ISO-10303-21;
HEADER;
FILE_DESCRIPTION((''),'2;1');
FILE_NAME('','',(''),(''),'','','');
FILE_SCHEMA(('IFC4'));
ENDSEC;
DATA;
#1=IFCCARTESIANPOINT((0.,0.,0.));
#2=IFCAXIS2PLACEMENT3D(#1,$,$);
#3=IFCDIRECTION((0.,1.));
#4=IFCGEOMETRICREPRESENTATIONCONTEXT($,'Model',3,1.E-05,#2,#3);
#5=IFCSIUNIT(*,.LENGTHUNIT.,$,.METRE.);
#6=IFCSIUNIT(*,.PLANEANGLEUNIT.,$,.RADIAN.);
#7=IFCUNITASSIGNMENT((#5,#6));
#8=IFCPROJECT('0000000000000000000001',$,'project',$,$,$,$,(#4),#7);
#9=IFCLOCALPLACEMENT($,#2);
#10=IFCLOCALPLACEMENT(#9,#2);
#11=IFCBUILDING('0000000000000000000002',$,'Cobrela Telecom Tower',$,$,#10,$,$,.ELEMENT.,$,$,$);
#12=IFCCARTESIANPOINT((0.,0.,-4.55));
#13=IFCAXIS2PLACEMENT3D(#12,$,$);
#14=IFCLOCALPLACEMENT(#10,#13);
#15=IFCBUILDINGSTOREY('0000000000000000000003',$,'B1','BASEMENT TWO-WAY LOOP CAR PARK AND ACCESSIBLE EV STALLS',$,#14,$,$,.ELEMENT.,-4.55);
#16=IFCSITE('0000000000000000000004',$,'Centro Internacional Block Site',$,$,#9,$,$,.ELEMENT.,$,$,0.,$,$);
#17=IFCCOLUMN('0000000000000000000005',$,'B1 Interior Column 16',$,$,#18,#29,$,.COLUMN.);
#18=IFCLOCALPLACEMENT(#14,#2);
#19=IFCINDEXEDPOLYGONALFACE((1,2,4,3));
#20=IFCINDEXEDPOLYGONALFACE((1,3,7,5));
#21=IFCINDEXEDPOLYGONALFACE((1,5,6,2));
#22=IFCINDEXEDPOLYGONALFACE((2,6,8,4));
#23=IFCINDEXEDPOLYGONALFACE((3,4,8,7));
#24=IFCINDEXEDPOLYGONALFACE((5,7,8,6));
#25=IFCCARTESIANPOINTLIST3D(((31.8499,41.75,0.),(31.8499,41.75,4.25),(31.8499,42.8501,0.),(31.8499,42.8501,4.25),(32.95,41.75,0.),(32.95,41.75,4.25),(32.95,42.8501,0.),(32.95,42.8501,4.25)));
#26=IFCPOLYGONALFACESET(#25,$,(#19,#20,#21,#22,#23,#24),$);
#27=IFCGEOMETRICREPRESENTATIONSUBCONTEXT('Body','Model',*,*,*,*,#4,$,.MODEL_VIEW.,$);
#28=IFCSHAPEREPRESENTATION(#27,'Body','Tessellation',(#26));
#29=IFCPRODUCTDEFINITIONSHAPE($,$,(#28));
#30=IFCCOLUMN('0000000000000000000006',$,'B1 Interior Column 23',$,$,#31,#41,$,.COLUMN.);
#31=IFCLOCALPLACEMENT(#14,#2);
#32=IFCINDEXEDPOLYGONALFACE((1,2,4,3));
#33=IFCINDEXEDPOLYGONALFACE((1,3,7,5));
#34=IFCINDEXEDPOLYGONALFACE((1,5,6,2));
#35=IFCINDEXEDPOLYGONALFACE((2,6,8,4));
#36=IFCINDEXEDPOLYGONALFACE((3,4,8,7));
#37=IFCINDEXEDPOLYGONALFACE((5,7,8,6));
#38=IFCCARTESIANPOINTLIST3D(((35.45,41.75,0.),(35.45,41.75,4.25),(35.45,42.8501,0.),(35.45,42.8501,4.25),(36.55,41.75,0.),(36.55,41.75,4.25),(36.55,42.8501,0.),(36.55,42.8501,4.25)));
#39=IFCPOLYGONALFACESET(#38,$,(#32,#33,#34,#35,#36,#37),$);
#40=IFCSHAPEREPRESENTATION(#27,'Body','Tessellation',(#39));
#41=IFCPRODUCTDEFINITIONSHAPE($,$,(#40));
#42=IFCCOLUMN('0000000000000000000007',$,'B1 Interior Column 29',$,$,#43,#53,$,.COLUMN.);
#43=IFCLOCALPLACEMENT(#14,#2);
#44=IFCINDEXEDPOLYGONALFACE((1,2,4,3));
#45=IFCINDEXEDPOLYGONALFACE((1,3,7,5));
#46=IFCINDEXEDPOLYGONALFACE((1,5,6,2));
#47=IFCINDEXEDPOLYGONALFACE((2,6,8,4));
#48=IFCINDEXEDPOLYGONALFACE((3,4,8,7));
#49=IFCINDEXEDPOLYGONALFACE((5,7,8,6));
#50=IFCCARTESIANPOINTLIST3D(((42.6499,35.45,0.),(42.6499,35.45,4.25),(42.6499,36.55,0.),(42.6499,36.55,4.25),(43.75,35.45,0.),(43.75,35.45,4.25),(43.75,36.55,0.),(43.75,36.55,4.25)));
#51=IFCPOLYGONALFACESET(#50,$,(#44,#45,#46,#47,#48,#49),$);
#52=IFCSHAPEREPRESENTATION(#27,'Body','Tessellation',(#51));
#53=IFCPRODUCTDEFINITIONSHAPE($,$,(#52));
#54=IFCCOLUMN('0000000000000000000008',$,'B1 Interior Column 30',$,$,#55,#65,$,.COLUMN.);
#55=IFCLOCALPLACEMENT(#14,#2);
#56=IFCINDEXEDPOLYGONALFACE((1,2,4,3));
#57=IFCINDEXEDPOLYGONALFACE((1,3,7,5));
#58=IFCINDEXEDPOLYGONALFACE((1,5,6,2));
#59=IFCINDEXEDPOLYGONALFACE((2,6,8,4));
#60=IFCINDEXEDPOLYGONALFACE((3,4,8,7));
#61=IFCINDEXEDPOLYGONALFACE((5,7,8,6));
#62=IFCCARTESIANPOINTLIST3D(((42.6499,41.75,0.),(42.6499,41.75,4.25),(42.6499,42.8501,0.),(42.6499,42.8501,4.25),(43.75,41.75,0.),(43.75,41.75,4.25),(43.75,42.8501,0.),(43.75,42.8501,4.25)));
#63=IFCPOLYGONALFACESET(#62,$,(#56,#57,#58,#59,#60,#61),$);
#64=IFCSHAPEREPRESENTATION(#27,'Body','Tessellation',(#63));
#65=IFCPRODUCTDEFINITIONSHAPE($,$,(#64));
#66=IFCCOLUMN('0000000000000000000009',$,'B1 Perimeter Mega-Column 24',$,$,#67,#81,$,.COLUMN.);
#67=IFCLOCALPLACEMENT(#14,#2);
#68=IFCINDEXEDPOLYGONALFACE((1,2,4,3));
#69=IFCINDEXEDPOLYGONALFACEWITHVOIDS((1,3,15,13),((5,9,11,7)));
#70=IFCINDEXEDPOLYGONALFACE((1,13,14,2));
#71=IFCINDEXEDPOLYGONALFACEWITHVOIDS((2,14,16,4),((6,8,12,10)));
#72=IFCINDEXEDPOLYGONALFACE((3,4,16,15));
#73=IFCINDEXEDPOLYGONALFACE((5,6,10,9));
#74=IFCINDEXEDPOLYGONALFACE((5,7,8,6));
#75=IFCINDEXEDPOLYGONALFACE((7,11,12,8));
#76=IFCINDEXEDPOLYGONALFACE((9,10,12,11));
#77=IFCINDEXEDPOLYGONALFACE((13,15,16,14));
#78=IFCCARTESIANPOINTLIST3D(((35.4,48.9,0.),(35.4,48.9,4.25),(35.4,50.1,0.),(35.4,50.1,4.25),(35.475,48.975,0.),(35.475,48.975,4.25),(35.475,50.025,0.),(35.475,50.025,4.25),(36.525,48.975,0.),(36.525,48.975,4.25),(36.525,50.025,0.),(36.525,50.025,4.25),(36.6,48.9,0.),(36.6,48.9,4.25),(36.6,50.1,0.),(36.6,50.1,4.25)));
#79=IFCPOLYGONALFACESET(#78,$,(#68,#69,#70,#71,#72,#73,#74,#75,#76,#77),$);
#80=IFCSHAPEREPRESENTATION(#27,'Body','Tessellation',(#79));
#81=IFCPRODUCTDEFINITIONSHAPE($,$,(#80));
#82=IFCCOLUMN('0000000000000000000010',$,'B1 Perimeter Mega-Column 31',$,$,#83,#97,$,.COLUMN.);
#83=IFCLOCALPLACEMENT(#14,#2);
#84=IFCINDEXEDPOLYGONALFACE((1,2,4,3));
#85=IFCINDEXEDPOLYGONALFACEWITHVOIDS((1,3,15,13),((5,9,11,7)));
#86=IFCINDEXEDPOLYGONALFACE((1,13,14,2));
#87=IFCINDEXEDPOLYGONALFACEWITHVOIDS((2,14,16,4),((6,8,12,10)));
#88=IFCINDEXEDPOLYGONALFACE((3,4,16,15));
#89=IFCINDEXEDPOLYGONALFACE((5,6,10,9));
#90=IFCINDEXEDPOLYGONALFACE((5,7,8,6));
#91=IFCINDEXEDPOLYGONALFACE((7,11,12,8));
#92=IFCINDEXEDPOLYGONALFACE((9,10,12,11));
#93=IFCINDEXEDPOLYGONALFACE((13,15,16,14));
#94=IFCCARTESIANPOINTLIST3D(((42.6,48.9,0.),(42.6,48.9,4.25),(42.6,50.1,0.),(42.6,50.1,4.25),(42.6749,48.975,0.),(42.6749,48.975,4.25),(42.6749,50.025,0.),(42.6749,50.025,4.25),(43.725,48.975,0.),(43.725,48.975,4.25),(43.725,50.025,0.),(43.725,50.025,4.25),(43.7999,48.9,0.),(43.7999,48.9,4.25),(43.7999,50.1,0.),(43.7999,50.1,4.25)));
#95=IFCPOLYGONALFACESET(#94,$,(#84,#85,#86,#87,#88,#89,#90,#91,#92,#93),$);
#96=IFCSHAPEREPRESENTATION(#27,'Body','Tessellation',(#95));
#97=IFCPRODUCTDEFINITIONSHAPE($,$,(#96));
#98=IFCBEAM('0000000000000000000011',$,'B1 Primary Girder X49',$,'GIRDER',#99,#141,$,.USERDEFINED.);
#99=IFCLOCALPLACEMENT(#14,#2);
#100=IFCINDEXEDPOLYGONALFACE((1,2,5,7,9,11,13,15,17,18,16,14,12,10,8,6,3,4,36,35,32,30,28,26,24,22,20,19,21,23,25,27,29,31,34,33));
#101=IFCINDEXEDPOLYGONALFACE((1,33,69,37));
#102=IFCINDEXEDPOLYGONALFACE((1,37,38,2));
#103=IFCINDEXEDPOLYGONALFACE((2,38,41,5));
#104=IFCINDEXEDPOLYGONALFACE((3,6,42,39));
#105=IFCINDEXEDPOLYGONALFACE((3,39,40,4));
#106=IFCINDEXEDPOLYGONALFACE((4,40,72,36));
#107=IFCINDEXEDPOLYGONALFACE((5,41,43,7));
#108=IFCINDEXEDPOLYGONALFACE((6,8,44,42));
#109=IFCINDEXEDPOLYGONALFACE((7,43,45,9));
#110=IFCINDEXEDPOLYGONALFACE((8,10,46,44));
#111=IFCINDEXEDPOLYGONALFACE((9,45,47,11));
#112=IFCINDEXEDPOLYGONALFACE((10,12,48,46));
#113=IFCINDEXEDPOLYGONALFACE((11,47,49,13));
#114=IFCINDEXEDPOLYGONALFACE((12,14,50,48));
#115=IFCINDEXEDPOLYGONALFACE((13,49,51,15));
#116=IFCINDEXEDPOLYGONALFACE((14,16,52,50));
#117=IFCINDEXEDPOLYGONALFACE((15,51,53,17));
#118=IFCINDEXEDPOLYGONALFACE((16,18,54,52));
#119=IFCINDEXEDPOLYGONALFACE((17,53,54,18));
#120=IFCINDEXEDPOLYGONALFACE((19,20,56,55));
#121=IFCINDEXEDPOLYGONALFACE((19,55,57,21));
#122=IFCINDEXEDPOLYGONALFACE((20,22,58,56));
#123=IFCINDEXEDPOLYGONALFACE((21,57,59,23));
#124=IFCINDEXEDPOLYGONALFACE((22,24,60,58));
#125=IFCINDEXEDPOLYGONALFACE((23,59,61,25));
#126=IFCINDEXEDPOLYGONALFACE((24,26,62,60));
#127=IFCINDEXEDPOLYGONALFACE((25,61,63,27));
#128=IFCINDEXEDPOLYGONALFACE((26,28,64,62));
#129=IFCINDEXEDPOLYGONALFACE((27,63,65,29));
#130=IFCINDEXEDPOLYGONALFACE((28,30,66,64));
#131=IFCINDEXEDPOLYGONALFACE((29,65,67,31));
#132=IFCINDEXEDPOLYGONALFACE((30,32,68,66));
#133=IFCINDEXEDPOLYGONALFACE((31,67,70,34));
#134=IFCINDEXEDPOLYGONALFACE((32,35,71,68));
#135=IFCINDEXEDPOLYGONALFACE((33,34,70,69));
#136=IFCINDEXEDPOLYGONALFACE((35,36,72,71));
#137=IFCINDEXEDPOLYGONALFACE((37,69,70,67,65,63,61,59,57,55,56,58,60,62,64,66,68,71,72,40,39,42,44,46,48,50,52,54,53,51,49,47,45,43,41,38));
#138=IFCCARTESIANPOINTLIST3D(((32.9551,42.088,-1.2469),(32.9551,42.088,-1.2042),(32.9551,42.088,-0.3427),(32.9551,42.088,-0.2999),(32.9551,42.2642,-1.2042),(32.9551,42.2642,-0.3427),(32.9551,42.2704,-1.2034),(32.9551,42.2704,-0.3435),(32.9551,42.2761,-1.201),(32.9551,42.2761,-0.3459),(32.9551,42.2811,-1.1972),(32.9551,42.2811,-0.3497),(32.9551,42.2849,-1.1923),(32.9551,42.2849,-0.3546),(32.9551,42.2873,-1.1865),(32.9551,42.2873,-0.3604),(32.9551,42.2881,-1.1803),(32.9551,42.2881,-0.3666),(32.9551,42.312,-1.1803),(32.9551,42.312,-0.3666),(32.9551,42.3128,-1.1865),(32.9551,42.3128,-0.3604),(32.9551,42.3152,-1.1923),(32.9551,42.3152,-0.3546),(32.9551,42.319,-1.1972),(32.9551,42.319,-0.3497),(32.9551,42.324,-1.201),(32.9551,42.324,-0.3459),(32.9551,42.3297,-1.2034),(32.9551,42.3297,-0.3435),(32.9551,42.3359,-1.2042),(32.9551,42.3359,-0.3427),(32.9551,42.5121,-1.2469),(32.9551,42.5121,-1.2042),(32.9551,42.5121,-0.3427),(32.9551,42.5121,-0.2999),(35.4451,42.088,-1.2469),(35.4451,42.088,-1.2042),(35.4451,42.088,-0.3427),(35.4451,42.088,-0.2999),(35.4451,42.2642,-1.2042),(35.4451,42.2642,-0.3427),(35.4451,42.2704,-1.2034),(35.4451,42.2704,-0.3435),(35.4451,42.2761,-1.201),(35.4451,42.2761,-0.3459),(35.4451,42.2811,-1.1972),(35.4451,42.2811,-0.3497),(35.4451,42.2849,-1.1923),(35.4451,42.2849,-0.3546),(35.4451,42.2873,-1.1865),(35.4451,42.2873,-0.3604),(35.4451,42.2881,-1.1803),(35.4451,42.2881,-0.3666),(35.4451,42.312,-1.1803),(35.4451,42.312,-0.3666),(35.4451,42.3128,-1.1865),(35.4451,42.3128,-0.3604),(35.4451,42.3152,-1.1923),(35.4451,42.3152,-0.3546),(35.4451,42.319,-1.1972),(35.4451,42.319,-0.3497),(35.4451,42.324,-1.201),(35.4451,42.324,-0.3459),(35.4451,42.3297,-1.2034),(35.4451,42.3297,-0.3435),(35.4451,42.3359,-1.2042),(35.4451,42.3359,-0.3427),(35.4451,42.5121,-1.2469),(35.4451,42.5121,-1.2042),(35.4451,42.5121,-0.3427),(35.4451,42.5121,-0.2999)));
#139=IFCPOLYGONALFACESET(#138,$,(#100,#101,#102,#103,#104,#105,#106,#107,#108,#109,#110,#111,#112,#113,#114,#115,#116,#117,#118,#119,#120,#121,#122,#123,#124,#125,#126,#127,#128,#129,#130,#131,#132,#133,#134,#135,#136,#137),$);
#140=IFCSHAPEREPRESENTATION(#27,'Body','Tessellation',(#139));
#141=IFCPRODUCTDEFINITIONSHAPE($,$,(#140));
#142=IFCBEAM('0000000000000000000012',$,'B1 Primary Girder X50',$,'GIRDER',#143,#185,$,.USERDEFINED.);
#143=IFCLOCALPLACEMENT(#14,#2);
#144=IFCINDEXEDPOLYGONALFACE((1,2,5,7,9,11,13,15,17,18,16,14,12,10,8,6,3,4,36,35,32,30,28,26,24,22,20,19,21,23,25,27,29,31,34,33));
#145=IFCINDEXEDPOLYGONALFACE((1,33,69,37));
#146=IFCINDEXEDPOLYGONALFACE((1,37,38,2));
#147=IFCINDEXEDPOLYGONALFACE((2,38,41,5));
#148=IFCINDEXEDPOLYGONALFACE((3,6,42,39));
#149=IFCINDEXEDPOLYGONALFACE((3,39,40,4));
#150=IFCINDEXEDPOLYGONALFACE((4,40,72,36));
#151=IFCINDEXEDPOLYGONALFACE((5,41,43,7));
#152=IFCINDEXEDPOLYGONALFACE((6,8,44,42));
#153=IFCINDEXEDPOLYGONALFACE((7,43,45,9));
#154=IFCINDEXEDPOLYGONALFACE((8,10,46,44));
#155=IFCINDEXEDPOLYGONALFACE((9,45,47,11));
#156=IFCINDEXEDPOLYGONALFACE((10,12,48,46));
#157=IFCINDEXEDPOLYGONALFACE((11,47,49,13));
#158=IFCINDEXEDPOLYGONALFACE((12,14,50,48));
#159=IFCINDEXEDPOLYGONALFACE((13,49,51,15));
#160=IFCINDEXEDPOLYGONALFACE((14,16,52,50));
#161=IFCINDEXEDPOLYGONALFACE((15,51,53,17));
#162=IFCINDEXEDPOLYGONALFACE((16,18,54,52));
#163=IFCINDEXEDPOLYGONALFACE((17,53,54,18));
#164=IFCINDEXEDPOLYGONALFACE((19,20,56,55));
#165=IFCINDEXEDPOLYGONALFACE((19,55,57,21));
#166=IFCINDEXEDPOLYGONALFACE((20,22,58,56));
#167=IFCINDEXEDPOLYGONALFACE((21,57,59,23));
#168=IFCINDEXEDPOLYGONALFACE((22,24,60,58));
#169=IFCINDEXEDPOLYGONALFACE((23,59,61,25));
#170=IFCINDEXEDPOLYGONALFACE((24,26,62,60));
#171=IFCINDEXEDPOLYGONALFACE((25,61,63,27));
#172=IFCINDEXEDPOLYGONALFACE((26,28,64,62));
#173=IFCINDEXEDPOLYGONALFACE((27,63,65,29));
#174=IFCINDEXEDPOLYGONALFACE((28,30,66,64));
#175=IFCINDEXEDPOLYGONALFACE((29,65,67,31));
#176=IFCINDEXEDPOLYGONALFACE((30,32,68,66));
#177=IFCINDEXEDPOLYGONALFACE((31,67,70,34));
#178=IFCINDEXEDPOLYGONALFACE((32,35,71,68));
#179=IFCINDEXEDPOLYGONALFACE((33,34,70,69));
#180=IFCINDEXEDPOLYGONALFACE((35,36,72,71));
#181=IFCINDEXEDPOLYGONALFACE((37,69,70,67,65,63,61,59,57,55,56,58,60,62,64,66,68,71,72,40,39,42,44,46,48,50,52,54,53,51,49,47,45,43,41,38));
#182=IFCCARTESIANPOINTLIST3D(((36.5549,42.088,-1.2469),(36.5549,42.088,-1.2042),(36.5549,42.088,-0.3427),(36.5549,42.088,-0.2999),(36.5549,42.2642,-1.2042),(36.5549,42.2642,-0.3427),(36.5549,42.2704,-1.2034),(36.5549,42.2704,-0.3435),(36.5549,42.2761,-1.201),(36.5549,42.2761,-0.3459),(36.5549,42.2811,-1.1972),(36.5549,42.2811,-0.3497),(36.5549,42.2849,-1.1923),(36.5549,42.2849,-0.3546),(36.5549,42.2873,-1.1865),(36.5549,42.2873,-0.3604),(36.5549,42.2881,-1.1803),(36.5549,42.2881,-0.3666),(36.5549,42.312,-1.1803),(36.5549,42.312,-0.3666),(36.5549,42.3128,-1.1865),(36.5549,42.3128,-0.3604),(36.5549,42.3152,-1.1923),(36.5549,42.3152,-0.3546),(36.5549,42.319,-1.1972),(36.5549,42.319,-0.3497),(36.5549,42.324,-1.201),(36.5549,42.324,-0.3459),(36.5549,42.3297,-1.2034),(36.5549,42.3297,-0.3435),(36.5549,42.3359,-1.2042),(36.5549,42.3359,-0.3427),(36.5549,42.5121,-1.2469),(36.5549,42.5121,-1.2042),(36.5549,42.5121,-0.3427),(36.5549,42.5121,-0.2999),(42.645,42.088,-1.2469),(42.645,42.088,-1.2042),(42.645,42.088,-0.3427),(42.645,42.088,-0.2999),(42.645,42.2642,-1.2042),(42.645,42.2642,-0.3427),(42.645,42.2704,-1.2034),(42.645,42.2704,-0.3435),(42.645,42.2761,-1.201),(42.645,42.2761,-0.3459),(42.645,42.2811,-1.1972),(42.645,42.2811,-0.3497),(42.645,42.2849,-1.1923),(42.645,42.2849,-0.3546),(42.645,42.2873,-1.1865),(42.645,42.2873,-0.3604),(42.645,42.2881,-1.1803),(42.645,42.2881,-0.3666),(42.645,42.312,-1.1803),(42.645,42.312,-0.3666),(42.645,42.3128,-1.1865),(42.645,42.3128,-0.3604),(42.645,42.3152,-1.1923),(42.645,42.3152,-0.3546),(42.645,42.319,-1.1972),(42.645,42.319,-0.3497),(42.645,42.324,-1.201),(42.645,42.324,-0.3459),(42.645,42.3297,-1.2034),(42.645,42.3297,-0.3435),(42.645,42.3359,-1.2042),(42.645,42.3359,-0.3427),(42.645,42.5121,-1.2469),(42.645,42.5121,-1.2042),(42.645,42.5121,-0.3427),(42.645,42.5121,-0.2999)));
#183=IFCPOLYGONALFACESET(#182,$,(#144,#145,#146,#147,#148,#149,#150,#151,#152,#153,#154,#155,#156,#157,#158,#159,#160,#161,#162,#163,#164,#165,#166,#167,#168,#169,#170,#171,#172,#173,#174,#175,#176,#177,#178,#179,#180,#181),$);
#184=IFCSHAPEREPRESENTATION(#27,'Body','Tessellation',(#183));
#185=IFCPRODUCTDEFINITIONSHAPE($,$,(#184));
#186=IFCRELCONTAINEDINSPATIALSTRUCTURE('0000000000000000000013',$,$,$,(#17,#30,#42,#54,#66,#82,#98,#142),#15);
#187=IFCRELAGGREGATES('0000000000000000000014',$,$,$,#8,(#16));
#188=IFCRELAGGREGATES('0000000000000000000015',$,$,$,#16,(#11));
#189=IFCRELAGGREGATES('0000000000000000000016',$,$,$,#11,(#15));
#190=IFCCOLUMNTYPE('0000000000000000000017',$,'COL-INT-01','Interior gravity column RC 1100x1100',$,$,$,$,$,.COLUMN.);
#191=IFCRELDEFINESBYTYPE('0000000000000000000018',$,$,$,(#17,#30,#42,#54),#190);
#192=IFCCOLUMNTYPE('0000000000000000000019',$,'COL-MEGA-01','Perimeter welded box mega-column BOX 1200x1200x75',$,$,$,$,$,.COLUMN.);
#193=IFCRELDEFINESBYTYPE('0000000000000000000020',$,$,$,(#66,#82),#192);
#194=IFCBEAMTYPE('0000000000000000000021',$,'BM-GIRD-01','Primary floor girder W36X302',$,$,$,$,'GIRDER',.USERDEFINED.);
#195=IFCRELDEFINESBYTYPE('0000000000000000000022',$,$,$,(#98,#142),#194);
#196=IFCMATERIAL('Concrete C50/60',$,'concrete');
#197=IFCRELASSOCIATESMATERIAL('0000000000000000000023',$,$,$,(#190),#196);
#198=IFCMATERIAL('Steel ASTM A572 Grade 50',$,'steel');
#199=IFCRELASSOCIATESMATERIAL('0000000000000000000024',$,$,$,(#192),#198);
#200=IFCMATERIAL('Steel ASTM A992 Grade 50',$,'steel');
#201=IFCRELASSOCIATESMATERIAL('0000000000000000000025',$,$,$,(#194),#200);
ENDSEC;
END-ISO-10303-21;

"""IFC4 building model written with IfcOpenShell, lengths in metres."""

from ifc_helpers import new_model, si_unit, direction, frame, origin, origin_2d, place, context, subcontext, project, spatial, rectangle, hollow_rectangle, i_section, extrude, material, material_profile, profile_set, type_object, element, save


model = new_model("IFC4")

# Units and contexts
model_context = context("Model", 3, precision=1e-05, world=origin(), true_north=direction((0.0, 1.0)))
body_context = subcontext(model_context, "Body", "Model", "MODEL_VIEW")
ifc_project = project(units=[si_unit("LENGTHUNIT", "METRE"), si_unit("PLANEANGLEUNIT", "RADIAN")], contexts=[model_context])

# Site, building, storey
site_placement = place(None, origin())
site = spatial("IfcSite", under=ifc_project, at=site_placement, Name="Centro Internacional Block Site", CompositionType="ELEMENT", RefElevation=0.0)
building_placement = place(site_placement, origin())
building = spatial("IfcBuilding", under=site, at=building_placement, Name="Cobrela Telecom Tower", CompositionType="ELEMENT")
storey_placement = place(building_placement, frame((0.0, 0.0, -4.55)))
storey = spatial("IfcBuildingStorey", under=building, at=storey_placement, Name="B1", Description="BASEMENT TWO-WAY LOOP CAR PARK AND ACCESSIBLE EV STALLS", CompositionType="ELEMENT", Elevation=-4.55)

# Columns
ifc_material_1 = material(Name="Concrete C50/60", Category="concrete")
ifc_material_profile_1 = material_profile(ifc_material_1, rectangle(XDim=1.1001, YDim=1.1001, at=origin_2d()), Name="RC 1100x1100")
ifc_profile_set_1 = profile_set([ifc_material_profile_1], Name="Concrete C50/60")
column_type_1 = type_object("IfcColumnType", Name="COL-INT-01", Description="Interior gravity column RC 1100x1100", PredefinedType="COLUMN", material=ifc_profile_set_1)
for number, where, z_axis, x_axis, name in (
    (1, (32.3999, 42.3, 0.0), (0.0, 0.0, 1.0), (1.0, 0.0, 0.0), "B1 Interior Column 16"),
    (2, (36.0, 42.3, 0.0), (0.0, 0.0, 1.0), (1.0, 0.0, 0.0), "B1 Interior Column 23"),
    (3, (43.2, 36.0, 0.0), (0.0, 0.0, 1.0), (1.0, 0.0, 0.0), "B1 Interior Column 29"),
    (4, (43.2, 42.3, 0.0), (0.0, 0.0, 1.0), (1.0, 0.0, 0.0), "B1 Interior Column 30"),
):
    element("IfcColumn", number, at=place(storey_placement, frame(where, z_axis=z_axis, x_axis=x_axis)), inside=storey, type_object=column_type_1, Name=name, PredefinedType="COLUMN", context=body_context, shape_type="SweptSolid", body=[
        extrude(rectangle(XDim=1.1001, YDim=1.1001, at=origin_2d()), origin(), (0.0, 0.0, 1.0), 4.25),
    ])
ifc_material_2 = material(Name="Steel ASTM A572 Grade 50", Category="steel")
ifc_material_profile_2 = material_profile(ifc_material_2, hollow_rectangle(XDim=1.2, YDim=1.2, WallThickness=0.075, at=origin_2d()), Name="BOX 1200x1200x75")
ifc_profile_set_2 = profile_set([ifc_material_profile_2], Name="Steel ASTM A572 Grade 50")
column_type_2 = type_object("IfcColumnType", Name="COL-MEGA-01", Description="Perimeter welded box mega-column BOX 1200x1200x75", PredefinedType="COLUMN", material=ifc_profile_set_2)
for number, where, z_axis, x_axis, name in (
    (5, (36.0, 49.5, 0.0), (0.0, 0.0, 1.0), (1.0, 0.0, 0.0), "B1 Perimeter Mega-Column 24"),
    (6, (43.2, 49.5, 0.0), (0.0, 0.0, 1.0), (1.0, 0.0, 0.0), "B1 Perimeter Mega-Column 31"),
):
    element("IfcColumn", number, at=place(storey_placement, frame(where, z_axis=z_axis, x_axis=x_axis)), inside=storey, type_object=column_type_2, Name=name, PredefinedType="COLUMN", context=body_context, shape_type="SweptSolid", body=[
        extrude(hollow_rectangle(XDim=1.2, YDim=1.2, WallThickness=0.075, at=origin_2d()), origin(), (0.0, 0.0, 1.0), 4.25),
    ])

# Beams
ifc_material_3 = material(Name="Steel ASTM A992 Grade 50", Category="steel")
ifc_material_profile_3 = material_profile(ifc_material_3, i_section(OverallWidth=0.4241, OverallDepth=0.947, WebThickness=0.0239, FlangeThickness=0.0427, FilletRadius=0.0239, at=origin_2d()), Name="W36X302")
ifc_profile_set_3 = profile_set([ifc_material_profile_3], Name="Steel ASTM A992 Grade 50")
beam_type_1 = type_object("IfcBeamType", Name="BM-GIRD-01", Description="Primary floor girder W36X302", ElementType="GIRDER", PredefinedType="USERDEFINED", material=ifc_profile_set_3)
beam_1_placement = place(storey_placement, frame((32.9551, 42.3, -0.7734), z_axis=(1.0, 0.0, 0.0), x_axis=(0.0, 1.0, 0.0)))
element("IfcBeam", 7, at=beam_1_placement, inside=storey, type_object=beam_type_1, Name="B1 Primary Girder X49", ObjectType="GIRDER", PredefinedType="USERDEFINED", context=body_context, shape_type="SweptSolid", body=[
    extrude(i_section(OverallWidth=0.4241, OverallDepth=0.947, WebThickness=0.0239, FlangeThickness=0.0427, FilletRadius=0.0239, at=origin_2d()), origin(), (0.0, 0.0, 1.0), 2.49),
])
beam_2_placement = place(storey_placement, frame((36.5549, 42.3, -0.7734), z_axis=(1.0, 0.0, 0.0), x_axis=(0.0, 1.0, 0.0)))
element("IfcBeam", 8, at=beam_2_placement, inside=storey, type_object=beam_type_1, Name="B1 Primary Girder X50", ObjectType="GIRDER", PredefinedType="USERDEFINED", context=body_context, shape_type="SweptSolid", body=[
    extrude(i_section(OverallWidth=0.4241, OverallDepth=0.947, WebThickness=0.0239, FlangeThickness=0.0427, FilletRadius=0.0239, at=origin_2d()), origin(), (0.0, 0.0, 1.0), 6.0901),
])

save(model, "model.ifc")
